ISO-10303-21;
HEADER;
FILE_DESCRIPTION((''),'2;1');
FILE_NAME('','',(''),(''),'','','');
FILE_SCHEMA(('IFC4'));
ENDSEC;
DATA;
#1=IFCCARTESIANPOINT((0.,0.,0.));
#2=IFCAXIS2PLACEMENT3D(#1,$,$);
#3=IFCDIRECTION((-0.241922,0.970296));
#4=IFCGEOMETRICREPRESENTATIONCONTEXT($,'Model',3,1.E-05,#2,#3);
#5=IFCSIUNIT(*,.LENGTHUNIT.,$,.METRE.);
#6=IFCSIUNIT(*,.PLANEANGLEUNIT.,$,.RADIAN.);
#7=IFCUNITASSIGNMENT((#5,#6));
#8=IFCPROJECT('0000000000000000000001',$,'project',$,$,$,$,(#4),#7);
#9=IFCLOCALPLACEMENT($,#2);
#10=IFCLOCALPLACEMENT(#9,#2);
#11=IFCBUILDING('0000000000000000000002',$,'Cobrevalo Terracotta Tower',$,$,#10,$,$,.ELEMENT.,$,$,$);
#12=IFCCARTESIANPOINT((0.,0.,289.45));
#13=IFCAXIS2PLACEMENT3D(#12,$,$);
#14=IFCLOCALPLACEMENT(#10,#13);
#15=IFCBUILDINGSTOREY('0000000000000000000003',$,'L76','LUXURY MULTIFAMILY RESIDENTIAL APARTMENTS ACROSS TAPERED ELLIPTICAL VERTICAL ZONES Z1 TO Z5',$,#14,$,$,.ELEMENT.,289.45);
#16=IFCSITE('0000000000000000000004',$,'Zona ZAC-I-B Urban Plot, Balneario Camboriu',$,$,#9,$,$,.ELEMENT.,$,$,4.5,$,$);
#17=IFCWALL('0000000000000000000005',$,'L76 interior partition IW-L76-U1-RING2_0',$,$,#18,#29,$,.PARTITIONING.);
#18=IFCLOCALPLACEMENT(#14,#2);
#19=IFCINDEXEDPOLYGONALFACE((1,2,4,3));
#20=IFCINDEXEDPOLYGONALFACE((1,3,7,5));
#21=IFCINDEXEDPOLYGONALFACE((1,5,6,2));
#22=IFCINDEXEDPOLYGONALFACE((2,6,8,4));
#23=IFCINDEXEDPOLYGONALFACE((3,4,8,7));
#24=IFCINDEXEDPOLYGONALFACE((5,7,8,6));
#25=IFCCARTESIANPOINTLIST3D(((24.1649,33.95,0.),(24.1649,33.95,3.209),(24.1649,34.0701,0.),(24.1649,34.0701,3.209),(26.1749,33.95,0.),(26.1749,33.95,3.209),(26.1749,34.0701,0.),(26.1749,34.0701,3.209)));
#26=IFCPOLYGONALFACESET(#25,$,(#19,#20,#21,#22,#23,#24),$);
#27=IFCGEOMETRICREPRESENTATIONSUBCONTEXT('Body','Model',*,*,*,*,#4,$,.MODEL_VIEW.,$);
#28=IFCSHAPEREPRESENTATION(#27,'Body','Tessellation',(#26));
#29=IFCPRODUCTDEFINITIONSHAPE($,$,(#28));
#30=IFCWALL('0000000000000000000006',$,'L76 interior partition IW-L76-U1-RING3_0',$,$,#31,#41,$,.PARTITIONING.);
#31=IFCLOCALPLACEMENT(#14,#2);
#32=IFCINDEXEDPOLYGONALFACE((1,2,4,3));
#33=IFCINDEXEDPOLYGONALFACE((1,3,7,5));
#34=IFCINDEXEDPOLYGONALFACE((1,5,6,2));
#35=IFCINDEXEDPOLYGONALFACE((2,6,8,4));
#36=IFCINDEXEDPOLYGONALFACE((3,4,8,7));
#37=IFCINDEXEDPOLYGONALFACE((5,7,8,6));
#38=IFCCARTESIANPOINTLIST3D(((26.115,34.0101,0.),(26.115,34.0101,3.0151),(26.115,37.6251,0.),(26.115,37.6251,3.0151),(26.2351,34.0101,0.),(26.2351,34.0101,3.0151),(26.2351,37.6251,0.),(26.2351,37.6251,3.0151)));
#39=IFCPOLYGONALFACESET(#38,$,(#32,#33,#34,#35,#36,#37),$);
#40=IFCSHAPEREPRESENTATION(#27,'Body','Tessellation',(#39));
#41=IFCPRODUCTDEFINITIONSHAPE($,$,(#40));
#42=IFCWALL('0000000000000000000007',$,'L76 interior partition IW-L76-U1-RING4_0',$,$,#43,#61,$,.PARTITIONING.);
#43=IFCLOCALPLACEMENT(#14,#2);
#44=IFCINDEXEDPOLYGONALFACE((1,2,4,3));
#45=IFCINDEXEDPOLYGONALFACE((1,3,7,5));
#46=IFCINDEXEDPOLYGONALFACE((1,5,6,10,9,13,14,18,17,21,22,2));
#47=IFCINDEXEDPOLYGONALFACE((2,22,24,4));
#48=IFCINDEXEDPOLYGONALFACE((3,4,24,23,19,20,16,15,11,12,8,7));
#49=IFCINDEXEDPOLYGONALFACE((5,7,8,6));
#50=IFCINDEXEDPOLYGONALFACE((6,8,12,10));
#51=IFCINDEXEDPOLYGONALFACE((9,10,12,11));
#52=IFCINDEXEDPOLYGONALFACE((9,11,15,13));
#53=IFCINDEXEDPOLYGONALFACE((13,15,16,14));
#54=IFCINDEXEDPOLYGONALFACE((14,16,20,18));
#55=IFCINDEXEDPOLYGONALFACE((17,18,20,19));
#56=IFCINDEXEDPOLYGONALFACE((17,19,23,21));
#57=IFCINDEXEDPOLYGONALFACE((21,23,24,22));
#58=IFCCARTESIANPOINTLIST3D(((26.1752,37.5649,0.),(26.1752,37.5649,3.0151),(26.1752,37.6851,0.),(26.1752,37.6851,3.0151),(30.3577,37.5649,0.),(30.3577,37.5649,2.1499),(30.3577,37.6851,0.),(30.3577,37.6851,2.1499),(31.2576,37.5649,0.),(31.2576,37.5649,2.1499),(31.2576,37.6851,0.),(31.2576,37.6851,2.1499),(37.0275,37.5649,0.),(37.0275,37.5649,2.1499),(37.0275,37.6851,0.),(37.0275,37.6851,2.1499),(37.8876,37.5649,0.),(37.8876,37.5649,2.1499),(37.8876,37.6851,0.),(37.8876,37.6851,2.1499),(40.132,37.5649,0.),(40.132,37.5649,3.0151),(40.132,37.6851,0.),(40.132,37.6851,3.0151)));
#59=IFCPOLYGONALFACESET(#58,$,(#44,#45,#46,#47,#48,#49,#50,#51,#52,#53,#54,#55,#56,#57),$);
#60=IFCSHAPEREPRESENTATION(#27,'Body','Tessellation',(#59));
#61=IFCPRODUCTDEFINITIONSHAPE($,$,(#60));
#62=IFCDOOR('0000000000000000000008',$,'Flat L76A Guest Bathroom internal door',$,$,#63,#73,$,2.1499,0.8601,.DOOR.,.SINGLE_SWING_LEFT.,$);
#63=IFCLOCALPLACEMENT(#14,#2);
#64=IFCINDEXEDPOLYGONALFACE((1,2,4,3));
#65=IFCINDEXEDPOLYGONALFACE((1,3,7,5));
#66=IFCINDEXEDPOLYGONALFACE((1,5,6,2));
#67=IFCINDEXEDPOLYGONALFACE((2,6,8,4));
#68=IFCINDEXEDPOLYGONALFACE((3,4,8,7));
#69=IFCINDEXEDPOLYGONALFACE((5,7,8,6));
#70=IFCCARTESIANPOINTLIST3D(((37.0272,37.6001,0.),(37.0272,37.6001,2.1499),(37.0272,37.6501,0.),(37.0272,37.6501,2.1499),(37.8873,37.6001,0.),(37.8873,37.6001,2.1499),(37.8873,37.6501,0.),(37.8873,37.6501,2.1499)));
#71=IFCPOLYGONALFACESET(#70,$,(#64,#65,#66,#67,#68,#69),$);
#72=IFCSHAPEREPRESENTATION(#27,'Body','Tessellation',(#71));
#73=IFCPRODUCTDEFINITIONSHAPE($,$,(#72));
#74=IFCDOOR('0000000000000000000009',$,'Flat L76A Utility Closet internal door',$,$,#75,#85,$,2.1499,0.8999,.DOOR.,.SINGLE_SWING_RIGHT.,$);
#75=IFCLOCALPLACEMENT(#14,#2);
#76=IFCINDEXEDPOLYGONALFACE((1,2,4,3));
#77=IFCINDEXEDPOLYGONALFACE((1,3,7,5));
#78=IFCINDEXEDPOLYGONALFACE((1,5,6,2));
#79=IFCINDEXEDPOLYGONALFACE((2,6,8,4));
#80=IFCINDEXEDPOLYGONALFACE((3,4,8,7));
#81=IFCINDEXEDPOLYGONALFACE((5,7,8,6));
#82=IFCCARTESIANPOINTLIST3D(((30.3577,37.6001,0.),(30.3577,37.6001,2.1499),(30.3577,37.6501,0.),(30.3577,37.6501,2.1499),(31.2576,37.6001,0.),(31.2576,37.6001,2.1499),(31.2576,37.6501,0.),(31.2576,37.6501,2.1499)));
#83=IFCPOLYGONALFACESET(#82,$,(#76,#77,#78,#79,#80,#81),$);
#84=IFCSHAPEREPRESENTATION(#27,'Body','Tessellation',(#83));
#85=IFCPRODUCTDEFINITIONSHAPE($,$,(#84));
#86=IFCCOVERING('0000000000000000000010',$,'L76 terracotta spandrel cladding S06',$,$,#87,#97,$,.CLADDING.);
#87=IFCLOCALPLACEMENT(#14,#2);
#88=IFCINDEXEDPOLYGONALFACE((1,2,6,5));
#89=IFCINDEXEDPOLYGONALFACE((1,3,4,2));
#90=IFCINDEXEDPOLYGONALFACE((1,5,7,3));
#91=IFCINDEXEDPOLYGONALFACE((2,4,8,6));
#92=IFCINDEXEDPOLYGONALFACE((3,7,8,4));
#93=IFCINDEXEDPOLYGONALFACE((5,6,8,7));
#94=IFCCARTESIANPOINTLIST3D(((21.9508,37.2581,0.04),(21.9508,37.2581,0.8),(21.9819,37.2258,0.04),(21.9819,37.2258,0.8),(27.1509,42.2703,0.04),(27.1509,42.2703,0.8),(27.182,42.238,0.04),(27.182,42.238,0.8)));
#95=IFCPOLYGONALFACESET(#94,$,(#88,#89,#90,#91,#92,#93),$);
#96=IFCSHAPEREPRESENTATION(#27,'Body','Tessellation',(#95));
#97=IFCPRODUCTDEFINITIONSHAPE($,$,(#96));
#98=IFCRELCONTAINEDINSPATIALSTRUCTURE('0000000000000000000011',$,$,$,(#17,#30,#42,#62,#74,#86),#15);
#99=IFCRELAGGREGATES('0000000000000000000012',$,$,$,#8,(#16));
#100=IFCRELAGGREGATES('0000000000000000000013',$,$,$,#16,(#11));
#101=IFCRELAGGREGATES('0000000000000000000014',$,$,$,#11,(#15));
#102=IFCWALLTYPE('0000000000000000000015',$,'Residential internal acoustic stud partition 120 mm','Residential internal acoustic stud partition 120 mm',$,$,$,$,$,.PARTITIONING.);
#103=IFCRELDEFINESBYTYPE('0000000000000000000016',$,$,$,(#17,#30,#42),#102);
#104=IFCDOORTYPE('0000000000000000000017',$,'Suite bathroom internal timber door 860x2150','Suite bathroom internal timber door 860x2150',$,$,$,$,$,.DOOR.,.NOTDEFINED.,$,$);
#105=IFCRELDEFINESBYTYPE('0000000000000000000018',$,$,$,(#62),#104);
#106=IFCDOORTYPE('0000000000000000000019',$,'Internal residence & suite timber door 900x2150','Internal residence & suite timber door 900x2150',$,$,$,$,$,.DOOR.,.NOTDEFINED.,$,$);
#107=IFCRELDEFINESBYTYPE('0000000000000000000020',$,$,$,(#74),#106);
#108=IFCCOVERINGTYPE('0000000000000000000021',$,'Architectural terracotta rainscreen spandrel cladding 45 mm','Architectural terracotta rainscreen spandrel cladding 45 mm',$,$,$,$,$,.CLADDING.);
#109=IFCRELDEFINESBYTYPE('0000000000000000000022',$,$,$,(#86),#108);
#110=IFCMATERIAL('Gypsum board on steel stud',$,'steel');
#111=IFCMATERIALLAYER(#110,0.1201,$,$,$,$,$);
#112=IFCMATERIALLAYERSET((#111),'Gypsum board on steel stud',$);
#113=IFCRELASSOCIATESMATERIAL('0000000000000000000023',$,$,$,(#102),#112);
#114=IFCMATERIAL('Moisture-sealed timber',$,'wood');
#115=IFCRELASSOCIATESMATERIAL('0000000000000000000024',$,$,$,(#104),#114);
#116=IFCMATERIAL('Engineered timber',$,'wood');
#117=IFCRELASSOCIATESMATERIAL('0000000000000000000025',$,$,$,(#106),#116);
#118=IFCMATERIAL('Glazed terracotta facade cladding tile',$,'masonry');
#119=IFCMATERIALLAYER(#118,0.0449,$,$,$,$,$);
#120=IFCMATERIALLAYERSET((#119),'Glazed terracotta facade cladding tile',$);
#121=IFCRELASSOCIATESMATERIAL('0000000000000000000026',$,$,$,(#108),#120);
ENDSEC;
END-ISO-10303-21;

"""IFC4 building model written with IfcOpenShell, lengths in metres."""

from ifc_helpers import new_model, si_unit, direction, frame, frame_2d, origin, origin_2d, place, context, subcontext, project, spatial, rectangle, extrude, source, transform, mapped, material, layer, layer_set, type_object, element, fill, save


model = new_model("IFC4")

# Units and contexts
model_context = context("Model", 3, precision=1e-05, world=origin(), true_north=direction((-0.241922, 0.970296)))
body_context = subcontext(model_context, "Body", "Model", "MODEL_VIEW")
ifc_project = project(units=[si_unit("LENGTHUNIT", "METRE"), si_unit("PLANEANGLEUNIT", "RADIAN")], contexts=[model_context])

# Site, building, storey
site_placement = place(None, origin())
site = spatial("IfcSite", under=ifc_project, at=site_placement, Name="Zona ZAC-I-B Urban Plot, Balneario Camboriu", CompositionType="ELEMENT", RefElevation=4.5)
building_placement = place(site_placement, origin())
building = spatial("IfcBuilding", under=site, at=building_placement, Name="Cobrevalo Terracotta Tower", CompositionType="ELEMENT")
storey_placement = place(building_placement, frame((0.0, 0.0, 289.45)))
storey = spatial("IfcBuildingStorey", under=building, at=storey_placement, Name="L76", Description="LUXURY MULTIFAMILY RESIDENTIAL APARTMENTS ACROSS TAPERED ELLIPTICAL VERTICAL ZONES Z1 TO Z5", CompositionType="ELEMENT", Elevation=289.45)

# Walls
ifc_material_1 = material(Name="Gypsum board on steel stud", Category="steel")
ifc_layer_1 = layer(ifc_material_1, 0.1201)
ifc_layer_set_1 = layer_set([ifc_layer_1], Name="Gypsum board on steel stud")
wall_type_1 = type_object("IfcWallType", Name="Residential internal acoustic stud partition 120 mm", Description="Residential internal acoustic stud partition 120 mm", PredefinedType="PARTITIONING", material=ifc_layer_set_1)
wall_1_placement = place(storey_placement, frame((24.165, 34.01, 0.0), z_axis=(0.0, 0.0, 1.0), x_axis=(1.0, 0.0, 0.0)))
element("IfcWall", 1, at=wall_1_placement, inside=storey, type_object=wall_type_1, Name="L76 interior partition IW-L76-U1-RING2_0", PredefinedType="PARTITIONING", context=body_context, shape_type="SweptSolid", body=[
    extrude(rectangle(XDim=2.01, YDim=0.1201, at=frame_2d((1.0049, 0.0))), origin(), (0.0, 0.0, 1.0), 3.209),
])
wall_2_placement = place(storey_placement, frame((26.175, 34.01, 0.0), z_axis=(0.0, 0.0, 1.0), x_axis=(0.0, 1.0, 0.0)))
element("IfcWall", 2, at=wall_2_placement, inside=storey, type_object=wall_type_1, Name="L76 interior partition IW-L76-U1-RING3_0", PredefinedType="PARTITIONING", context=body_context, shape_type="SweptSolid", body=[
    extrude(rectangle(XDim=3.615, YDim=0.1201, at=frame_2d((1.8076, 0.0))), origin(), (0.0, 0.0, 1.0), 3.0151),
])

# Wall, openings, doors
wall_3_placement = place(storey_placement, frame((26.175, 37.625, 0.0), z_axis=(0.0, 0.0, 1.0), x_axis=(1.0, 0.0, 0.0)))
wall_3 = element("IfcWall", 3, at=wall_3_placement, inside=storey, type_object=wall_type_1, Name="L76 interior partition IW-L76-U1-RING4_0", PredefinedType="PARTITIONING", context=body_context, shape_type="SweptSolid", body=[
    extrude(rectangle(XDim=13.9568, YDim=0.1201, at=frame_2d((6.9785, 0.0))), origin(), (0.0, 0.0, 1.0), 3.0151),
])
opening_1_placement = place(wall_3_placement, frame((10.8523, 0.0, 0.0)))
opening_1 = element("IfcOpeningElement", 4, at=opening_1_placement, cuts=wall_3, PredefinedType="OPENING", context=body_context, shape_type="SweptSolid", body=[
    extrude(rectangle(XDim=0.8601, YDim=2.1499, at=frame_2d((0.4302, 1.075))), frame((0.0, 0.0701, 0.0), z_axis=(0.0, -1.0, 0.0), x_axis=(1.0, 0.0, 0.0)), (0.0, 0.0, 1.0), 0.1401),
])
opening_2_placement = place(wall_3_placement, frame((4.1826, 0.0, 0.0)))
opening_2 = element("IfcOpeningElement", 5, at=opening_2_placement, cuts=wall_3, PredefinedType="OPENING", context=body_context, shape_type="SweptSolid", body=[
    extrude(rectangle(XDim=0.8999, YDim=2.1499, at=frame_2d((0.45, 1.075))), frame((0.0, 0.0701, 0.0), z_axis=(0.0, -1.0, 0.0), x_axis=(1.0, 0.0, 0.0)), (0.0, 0.0, 1.0), 0.1401),
])
ifc_material_2 = material(Name="Moisture-sealed timber", Category="wood")
door_type_1 = type_object("IfcDoorType", Name="Suite bathroom internal timber door 860x2150", Description="Suite bathroom internal timber door 860x2150", OperationType="NOTDEFINED", PredefinedType="DOOR", material=ifc_material_2)
shared_shape_1 = source(origin(), body_context, "Body", "SweptSolid", [
    extrude(rectangle(XDim=0.8601, YDim=2.1499, at=frame_2d((0.4302, 1.075))), frame((0.0, 0.0249, 0.0), z_axis=(0.0, -1.0, 0.0), x_axis=(1.0, 0.0, 0.0)), (0.0, 0.0, 1.0), 0.05),
])
door_1_placement = place(opening_1_placement, frame((0.8601, 0.0, 0.0), z_axis=(0.0, 0.0, 1.0), x_axis=(-1.0, 0.0, 0.0)))
door_1 = element("IfcDoor", 6, at=door_1_placement, inside=storey, type_object=door_type_1, Name="Flat L76A Guest Bathroom internal door", OperationType="SINGLE_SWING_LEFT", OverallHeight=2.1499, OverallWidth=0.8601, PredefinedType="DOOR", context=body_context, shape_type="MappedRepresentation", body=[
    mapped(shared_shape_1, transform((0.0, 0.0, 0.0), scale=1.0)),
])
fill(opening_1, door_1)
ifc_material_3 = material(Name="Engineered timber", Category="wood")
door_type_2 = type_object("IfcDoorType", Name="Internal residence & suite timber door 900x2150", Description="Internal residence & suite timber door 900x2150", OperationType="NOTDEFINED", PredefinedType="DOOR", material=ifc_material_3)
shared_shape_2 = source(origin(), body_context, "Body", "SweptSolid", [
    extrude(rectangle(XDim=0.8999, YDim=2.1499, at=frame_2d((0.45, 1.075))), frame((0.0, 0.0249, 0.0), z_axis=(0.0, -1.0, 0.0), x_axis=(1.0, 0.0, 0.0)), (0.0, 0.0, 1.0), 0.05),
])
door_2_placement = place(opening_2_placement, frame((0.8999, 0.0, 0.0), z_axis=(0.0, 0.0, 1.0), x_axis=(-1.0, 0.0, 0.0)))
door_2 = element("IfcDoor", 7, at=door_2_placement, inside=storey, type_object=door_type_2, Name="Flat L76A Utility Closet internal door", OperationType="SINGLE_SWING_RIGHT", OverallHeight=2.1499, OverallWidth=0.8999, PredefinedType="DOOR", context=body_context, shape_type="MappedRepresentation", body=[
    mapped(shared_shape_2, transform((0.0, 0.0, 0.0), scale=1.0)),
])
fill(opening_2, door_2)

# Covering
ifc_material_4 = material(Name="Glazed terracotta facade cladding tile", Category="masonry")
ifc_layer_2 = layer(ifc_material_4, 0.0449)
ifc_layer_set_2 = layer_set([ifc_layer_2], Name="Glazed terracotta facade cladding tile")
covering_type = type_object("IfcCoveringType", Name="Architectural terracotta rainscreen spandrel cladding 45 mm", Description="Architectural terracotta rainscreen spandrel cladding 45 mm", PredefinedType="CLADDING", material=ifc_layer_set_2)
shared_shape_3 = source(origin(), body_context, "Body", "SweptSolid", [
    extrude(rectangle(XDim=7.2224, YDim=0.0449, at=origin_2d()), origin(), (0.0, 0.0, 1.0), 0.76),
])
covering_placement = place(storey_placement, frame((24.5664, 39.748, 0.04), z_axis=(0.0, 0.0, 1.0), x_axis=(-0.719997, -0.693978, 0.0)))
element("IfcCovering", 8, at=covering_placement, inside=storey, type_object=covering_type, Name="L76 terracotta spandrel cladding S06", PredefinedType="CLADDING", context=body_context, shape_type="MappedRepresentation", body=[
    mapped(shared_shape_3, transform((0.0, 0.0, 0.0), scale=1.0)),
])

save(model, "model.ifc")
